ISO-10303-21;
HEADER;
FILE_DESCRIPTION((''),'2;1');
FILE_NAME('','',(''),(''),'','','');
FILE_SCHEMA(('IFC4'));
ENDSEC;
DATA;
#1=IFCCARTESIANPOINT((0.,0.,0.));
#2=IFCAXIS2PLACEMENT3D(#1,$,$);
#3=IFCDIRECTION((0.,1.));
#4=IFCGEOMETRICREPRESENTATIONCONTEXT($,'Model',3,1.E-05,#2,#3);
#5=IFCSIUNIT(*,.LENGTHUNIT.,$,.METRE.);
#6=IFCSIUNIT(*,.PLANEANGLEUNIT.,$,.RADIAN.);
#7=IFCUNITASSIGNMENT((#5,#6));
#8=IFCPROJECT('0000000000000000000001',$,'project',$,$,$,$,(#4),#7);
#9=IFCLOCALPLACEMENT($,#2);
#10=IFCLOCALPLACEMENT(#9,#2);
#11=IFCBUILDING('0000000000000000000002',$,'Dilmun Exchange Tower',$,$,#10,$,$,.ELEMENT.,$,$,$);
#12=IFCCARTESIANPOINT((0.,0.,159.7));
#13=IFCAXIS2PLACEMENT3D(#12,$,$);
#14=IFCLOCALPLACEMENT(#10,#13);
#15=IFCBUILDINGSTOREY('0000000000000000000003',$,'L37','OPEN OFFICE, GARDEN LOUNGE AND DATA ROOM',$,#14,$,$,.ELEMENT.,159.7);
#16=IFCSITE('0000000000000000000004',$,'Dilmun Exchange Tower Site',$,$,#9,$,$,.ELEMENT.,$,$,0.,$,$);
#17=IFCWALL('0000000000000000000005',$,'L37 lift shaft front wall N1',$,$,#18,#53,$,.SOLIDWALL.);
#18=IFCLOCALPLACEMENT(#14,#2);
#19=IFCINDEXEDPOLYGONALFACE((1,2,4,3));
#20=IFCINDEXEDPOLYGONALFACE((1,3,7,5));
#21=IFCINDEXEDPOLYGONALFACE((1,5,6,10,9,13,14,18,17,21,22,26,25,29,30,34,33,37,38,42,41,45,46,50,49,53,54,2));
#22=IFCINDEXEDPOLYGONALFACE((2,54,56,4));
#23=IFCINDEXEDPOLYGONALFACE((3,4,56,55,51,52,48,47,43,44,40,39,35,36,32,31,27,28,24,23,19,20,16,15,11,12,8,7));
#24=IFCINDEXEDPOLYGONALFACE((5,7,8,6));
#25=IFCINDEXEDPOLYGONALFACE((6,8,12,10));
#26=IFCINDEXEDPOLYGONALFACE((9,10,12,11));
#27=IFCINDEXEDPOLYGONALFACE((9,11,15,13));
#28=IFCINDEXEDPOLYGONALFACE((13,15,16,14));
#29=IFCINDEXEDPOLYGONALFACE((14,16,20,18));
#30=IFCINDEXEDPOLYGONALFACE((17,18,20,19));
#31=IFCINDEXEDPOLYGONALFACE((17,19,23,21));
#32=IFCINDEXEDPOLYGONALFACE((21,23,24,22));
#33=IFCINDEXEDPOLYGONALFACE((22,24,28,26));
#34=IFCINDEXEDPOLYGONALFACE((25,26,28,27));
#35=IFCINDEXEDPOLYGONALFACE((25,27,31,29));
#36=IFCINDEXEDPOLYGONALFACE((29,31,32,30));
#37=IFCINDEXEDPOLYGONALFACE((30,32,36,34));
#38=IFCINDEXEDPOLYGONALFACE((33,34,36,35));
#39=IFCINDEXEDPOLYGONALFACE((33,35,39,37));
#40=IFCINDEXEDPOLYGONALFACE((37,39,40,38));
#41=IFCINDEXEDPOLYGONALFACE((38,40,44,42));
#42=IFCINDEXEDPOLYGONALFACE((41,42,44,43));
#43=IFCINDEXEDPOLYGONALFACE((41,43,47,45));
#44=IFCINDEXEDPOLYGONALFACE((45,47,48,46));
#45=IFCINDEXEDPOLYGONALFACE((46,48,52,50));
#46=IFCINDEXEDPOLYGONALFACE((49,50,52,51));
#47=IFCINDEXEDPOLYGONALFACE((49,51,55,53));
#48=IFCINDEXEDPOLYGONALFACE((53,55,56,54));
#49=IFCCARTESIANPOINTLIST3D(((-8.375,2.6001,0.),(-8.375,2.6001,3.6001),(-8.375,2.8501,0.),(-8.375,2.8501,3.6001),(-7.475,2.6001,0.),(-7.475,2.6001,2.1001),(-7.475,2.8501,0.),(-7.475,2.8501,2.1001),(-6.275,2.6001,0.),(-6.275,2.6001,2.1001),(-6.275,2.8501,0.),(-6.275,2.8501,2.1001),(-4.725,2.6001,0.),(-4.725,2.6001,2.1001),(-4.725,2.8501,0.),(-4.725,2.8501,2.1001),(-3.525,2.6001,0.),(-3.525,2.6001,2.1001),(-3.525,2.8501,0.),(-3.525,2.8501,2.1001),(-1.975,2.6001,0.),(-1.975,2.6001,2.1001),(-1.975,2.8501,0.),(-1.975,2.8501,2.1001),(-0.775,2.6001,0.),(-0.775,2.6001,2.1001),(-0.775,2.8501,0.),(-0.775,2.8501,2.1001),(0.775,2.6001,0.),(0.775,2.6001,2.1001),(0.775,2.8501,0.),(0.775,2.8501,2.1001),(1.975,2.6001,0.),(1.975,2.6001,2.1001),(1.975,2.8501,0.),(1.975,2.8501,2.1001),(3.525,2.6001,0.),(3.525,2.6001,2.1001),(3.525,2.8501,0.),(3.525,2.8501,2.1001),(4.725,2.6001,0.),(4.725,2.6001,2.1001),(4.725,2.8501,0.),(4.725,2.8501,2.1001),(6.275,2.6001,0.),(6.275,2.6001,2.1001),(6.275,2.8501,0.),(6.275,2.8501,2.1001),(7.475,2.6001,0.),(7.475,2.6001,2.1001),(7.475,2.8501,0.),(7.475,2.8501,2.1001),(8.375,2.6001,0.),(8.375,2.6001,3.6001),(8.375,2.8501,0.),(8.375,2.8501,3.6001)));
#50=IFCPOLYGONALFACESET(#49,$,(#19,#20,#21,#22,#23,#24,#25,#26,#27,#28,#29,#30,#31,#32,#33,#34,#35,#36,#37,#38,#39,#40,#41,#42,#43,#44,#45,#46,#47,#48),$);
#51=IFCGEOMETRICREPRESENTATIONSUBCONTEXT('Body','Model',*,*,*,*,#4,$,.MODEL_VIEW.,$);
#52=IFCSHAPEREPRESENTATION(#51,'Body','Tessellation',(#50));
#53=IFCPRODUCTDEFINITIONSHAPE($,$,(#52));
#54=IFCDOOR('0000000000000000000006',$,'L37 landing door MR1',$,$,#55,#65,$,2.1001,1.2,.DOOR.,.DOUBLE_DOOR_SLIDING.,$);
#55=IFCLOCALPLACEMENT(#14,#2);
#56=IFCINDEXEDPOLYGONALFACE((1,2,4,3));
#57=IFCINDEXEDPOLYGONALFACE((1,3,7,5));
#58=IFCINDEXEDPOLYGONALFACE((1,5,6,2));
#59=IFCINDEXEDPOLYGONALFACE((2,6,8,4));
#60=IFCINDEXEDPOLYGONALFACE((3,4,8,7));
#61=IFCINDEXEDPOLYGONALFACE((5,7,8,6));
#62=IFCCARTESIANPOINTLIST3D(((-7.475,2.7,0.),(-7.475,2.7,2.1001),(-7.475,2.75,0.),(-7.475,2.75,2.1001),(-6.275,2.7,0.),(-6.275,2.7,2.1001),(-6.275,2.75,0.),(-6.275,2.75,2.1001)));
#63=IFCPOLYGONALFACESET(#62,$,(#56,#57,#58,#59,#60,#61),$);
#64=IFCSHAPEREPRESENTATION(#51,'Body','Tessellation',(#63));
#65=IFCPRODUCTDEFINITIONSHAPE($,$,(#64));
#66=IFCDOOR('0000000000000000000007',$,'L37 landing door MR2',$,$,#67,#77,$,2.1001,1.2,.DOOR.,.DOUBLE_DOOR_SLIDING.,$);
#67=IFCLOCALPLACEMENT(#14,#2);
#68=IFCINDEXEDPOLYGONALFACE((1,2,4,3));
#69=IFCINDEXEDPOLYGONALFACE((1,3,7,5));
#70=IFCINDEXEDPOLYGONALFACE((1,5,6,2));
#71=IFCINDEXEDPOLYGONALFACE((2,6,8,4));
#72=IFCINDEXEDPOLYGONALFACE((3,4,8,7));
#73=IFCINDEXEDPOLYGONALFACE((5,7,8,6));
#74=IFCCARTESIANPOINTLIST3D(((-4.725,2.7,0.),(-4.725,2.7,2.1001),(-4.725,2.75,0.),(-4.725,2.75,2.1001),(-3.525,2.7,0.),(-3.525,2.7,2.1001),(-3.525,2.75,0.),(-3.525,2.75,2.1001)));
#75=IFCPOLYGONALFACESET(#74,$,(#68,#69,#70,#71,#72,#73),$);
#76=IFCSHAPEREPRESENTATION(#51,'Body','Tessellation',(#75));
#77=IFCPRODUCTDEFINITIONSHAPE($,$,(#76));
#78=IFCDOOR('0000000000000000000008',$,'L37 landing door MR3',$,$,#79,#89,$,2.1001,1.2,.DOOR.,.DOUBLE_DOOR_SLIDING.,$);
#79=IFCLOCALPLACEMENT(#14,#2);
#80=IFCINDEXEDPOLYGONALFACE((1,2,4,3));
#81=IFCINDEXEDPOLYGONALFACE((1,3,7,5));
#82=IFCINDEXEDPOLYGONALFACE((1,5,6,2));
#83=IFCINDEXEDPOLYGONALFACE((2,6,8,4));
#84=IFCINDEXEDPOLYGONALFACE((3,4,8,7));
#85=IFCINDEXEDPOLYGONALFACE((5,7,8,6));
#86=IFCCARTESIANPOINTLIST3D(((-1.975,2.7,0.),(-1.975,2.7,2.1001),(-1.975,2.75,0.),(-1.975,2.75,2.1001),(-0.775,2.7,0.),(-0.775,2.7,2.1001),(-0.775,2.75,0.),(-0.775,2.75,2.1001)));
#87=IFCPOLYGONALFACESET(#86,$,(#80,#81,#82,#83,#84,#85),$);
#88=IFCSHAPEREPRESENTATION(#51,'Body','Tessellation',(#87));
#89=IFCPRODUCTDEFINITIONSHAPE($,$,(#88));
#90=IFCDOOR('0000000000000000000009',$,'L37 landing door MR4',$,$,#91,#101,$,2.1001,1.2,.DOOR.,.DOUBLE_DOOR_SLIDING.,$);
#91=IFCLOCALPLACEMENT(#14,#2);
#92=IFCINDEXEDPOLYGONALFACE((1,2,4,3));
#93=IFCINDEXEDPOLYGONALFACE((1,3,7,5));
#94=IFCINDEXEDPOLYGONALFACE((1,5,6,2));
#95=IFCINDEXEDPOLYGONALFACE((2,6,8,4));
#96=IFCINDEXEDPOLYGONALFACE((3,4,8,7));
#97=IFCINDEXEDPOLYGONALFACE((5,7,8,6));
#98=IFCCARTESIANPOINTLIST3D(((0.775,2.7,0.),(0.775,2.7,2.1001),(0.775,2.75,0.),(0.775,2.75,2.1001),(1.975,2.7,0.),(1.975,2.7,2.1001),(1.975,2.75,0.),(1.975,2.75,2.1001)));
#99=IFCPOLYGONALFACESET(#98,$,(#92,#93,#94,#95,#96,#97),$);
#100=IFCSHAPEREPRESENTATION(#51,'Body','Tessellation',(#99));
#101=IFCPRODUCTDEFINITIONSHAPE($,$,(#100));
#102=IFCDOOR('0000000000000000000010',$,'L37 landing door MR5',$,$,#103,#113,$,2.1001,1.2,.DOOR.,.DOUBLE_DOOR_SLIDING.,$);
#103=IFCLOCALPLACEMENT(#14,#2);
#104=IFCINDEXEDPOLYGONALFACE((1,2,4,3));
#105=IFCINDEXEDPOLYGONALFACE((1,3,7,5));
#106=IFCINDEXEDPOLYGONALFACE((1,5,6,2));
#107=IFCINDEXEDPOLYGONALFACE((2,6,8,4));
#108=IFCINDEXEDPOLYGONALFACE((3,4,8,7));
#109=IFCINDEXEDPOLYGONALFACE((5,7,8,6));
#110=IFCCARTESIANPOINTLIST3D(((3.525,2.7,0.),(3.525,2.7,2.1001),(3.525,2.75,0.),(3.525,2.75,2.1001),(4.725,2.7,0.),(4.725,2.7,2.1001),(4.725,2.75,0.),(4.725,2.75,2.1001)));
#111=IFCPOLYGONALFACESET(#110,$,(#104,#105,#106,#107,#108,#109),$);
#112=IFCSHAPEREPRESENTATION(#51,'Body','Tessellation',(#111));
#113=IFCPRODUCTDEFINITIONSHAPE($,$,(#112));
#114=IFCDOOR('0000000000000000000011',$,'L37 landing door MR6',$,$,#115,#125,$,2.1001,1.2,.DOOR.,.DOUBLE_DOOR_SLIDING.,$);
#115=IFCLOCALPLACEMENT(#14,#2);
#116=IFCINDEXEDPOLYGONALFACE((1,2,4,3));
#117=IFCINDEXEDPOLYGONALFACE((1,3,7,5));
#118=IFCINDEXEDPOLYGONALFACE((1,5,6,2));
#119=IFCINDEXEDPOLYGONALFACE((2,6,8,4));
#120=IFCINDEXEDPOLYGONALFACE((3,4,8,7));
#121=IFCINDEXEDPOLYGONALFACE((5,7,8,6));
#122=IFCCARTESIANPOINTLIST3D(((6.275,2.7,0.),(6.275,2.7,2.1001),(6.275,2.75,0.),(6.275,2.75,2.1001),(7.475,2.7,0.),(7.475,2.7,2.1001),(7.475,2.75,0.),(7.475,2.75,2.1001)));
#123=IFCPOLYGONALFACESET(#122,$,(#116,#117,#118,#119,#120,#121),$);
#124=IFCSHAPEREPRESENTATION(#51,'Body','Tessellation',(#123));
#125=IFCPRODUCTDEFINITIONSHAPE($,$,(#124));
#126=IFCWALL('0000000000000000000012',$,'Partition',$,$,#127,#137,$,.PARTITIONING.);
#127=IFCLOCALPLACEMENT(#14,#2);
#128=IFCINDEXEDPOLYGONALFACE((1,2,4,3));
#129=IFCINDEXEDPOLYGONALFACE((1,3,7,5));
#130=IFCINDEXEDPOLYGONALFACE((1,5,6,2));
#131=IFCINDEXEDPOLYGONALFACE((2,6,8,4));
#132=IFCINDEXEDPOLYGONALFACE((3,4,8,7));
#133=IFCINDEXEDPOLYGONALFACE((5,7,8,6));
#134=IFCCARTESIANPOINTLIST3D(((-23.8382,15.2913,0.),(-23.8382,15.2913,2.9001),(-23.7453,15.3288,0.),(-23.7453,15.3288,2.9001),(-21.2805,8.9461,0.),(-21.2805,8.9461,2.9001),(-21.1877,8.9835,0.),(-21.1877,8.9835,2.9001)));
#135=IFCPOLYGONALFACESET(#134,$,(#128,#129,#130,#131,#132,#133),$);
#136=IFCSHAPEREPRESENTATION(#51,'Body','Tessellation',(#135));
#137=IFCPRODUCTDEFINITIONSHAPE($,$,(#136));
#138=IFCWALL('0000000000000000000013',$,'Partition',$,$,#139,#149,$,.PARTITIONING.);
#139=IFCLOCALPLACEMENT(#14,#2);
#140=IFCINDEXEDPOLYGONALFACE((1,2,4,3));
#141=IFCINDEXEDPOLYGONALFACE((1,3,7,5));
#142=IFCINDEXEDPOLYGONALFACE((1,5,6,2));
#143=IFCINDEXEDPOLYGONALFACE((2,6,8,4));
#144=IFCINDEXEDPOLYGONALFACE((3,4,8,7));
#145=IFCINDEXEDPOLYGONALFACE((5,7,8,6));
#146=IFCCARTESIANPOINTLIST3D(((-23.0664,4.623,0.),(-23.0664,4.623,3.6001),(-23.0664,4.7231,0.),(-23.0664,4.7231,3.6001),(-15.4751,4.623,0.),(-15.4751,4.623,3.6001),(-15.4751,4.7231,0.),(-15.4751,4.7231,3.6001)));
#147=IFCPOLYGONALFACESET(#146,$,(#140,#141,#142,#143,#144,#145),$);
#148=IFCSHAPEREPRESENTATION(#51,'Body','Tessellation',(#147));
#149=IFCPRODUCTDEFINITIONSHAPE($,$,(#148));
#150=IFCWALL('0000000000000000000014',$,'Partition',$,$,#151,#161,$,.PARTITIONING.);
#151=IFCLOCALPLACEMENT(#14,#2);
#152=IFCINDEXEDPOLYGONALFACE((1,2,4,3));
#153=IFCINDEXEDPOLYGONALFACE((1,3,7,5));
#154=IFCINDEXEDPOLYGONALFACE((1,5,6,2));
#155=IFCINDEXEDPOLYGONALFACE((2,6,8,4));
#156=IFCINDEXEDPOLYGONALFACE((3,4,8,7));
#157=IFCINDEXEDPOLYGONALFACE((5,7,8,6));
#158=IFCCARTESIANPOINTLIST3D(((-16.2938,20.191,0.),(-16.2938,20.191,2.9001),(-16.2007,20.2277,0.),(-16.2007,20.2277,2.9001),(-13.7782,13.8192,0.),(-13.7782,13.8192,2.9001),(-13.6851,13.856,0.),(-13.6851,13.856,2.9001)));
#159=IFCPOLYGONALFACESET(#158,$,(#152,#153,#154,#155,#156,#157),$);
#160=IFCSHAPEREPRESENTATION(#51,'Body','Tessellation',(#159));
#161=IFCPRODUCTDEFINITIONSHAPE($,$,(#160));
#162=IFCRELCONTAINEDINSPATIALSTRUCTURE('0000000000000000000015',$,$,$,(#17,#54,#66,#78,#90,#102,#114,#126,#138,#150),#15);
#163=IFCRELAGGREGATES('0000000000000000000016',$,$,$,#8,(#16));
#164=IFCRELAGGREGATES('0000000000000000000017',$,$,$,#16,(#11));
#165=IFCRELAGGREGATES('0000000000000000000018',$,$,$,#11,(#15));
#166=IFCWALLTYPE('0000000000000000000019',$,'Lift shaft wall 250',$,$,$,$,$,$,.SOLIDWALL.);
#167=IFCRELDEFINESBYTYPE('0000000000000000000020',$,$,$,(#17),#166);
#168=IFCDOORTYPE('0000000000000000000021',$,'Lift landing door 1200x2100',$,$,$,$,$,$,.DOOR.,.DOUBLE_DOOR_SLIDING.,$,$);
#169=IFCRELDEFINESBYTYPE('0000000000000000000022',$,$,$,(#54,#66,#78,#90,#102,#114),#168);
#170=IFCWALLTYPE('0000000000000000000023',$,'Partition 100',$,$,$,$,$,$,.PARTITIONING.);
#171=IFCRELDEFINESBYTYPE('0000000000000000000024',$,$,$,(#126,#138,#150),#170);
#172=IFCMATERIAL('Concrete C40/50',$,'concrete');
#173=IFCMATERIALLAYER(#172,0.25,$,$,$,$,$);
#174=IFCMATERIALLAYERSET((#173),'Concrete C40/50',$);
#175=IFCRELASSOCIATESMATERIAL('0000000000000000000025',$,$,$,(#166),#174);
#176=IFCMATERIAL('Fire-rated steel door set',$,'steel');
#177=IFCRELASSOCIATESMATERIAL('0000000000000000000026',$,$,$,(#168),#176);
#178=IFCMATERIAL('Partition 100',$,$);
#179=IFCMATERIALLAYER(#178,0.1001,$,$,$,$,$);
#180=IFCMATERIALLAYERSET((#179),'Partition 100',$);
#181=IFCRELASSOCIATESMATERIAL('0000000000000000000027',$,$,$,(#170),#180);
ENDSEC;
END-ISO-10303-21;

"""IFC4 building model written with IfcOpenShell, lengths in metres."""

from ifc_helpers import new_model, si_unit, direction, frame, frame_2d, origin, place, context, subcontext, project, spatial, rectangle, extrude, material, layer, layer_set, type_object, element, fill, save


model = new_model("IFC4")

# Units and contexts
model_context = context("Model", 3, precision=1e-05, world=origin(), true_north=direction((0.0, 1.0)))
body_context = subcontext(model_context, "Body", "Model", "MODEL_VIEW")
ifc_project = project(units=[si_unit("LENGTHUNIT", "METRE"), si_unit("PLANEANGLEUNIT", "RADIAN")], contexts=[model_context])

# Site, building, storey
site_placement = place(None, origin())
site = spatial("IfcSite", under=ifc_project, at=site_placement, Name="Dilmun Exchange Tower Site", CompositionType="ELEMENT", RefElevation=0.0)
building_placement = place(site_placement, origin())
building = spatial("IfcBuilding", under=site, at=building_placement, Name="Dilmun Exchange Tower", CompositionType="ELEMENT")
storey_placement = place(building_placement, frame((0.0, 0.0, 159.7)))
storey = spatial("IfcBuildingStorey", under=building, at=storey_placement, Name="L37", Description="OPEN OFFICE, GARDEN LOUNGE AND DATA ROOM", CompositionType="ELEMENT", Elevation=159.7)

# Shared definitions
ifc_material_1 = material(Name="Concrete C40/50", Category="concrete")

# Shared definitions
ifc_material_2 = material(Name="Fire-rated steel door set", Category="steel")

# Wall, openings, doors
ifc_layer_1 = layer(ifc_material_1, 0.25)
ifc_layer_set_1 = layer_set([ifc_layer_1], Name="Concrete C40/50")
wall_type_1 = type_object("IfcWallType", Name="Lift shaft wall 250", PredefinedType="SOLIDWALL", material=ifc_layer_set_1)
wall_1_placement = place(storey_placement, frame((-8.375, 2.7251, 0.0), z_axis=(0.0, 0.0, 1.0), x_axis=(1.0, 0.0, 0.0)))
wall_1 = element("IfcWall", 1, at=wall_1_placement, inside=storey, type_object=wall_type_1, Name="L37 lift shaft front wall N1", PredefinedType="SOLIDWALL", context=body_context, shape_type="SweptSolid", body=[
    extrude(rectangle(XDim=16.75, YDim=0.25, at=frame_2d((8.375, 0.0))), origin(), (0.0, 0.0, 1.0), 3.6001),
])
opening_1_placement = place(wall_1_placement, frame((0.8999, 0.0, 0.0)))
opening_1 = element("IfcOpeningElement", 2, at=opening_1_placement, cuts=wall_1, PredefinedType="OPENING", context=body_context, shape_type="SweptSolid", body=[
    extrude(rectangle(XDim=1.2, YDim=2.1001, at=frame_2d((0.6001, 1.05))), frame((0.0, 0.135, 0.0), z_axis=(0.0, -1.0, 0.0), x_axis=(1.0, 0.0, 0.0)), (0.0, 0.0, 1.0), 0.27),
])
opening_2_placement = place(wall_1_placement, frame((3.6499, 0.0, 0.0)))
opening_2 = element("IfcOpeningElement", 3, at=opening_2_placement, cuts=wall_1, PredefinedType="OPENING", context=body_context, shape_type="SweptSolid", body=[
    extrude(rectangle(XDim=1.2, YDim=2.1001, at=frame_2d((0.6001, 1.05))), frame((0.0, 0.135, 0.0), z_axis=(0.0, -1.0, 0.0), x_axis=(1.0, 0.0, 0.0)), (0.0, 0.0, 1.0), 0.27),
])
opening_3_placement = place(wall_1_placement, frame((6.3999, 0.0, 0.0)))
opening_3 = element("IfcOpeningElement", 4, at=opening_3_placement, cuts=wall_1, PredefinedType="OPENING", context=body_context, shape_type="SweptSolid", body=[
    extrude(rectangle(XDim=1.2, YDim=2.1001, at=frame_2d((0.6001, 1.05))), frame((0.0, 0.135, 0.0), z_axis=(0.0, -1.0, 0.0), x_axis=(1.0, 0.0, 0.0)), (0.0, 0.0, 1.0), 0.27),
])
opening_4_placement = place(wall_1_placement, frame((9.1499, 0.0, 0.0)))
opening_4 = element("IfcOpeningElement", 5, at=opening_4_placement, cuts=wall_1, PredefinedType="OPENING", context=body_context, shape_type="SweptSolid", body=[
    extrude(rectangle(XDim=1.2, YDim=2.1001, at=frame_2d((0.6001, 1.05))), frame((0.0, 0.135, 0.0), z_axis=(0.0, -1.0, 0.0), x_axis=(1.0, 0.0, 0.0)), (0.0, 0.0, 1.0), 0.27),
])
opening_5_placement = place(wall_1_placement, frame((11.8999, 0.0, 0.0)))
opening_5 = element("IfcOpeningElement", 6, at=opening_5_placement, cuts=wall_1, PredefinedType="OPENING", context=body_context, shape_type="SweptSolid", body=[
    extrude(rectangle(XDim=1.2, YDim=2.1001, at=frame_2d((0.6001, 1.05))), frame((0.0, 0.135, 0.0), z_axis=(0.0, -1.0, 0.0), x_axis=(1.0, 0.0, 0.0)), (0.0, 0.0, 1.0), 0.27),
])
opening_6_placement = place(wall_1_placement, frame((14.6499, 0.0, 0.0)))
opening_6 = element("IfcOpeningElement", 7, at=opening_6_placement, cuts=wall_1, PredefinedType="OPENING", context=body_context, shape_type="SweptSolid", body=[
    extrude(rectangle(XDim=1.2, YDim=2.1001, at=frame_2d((0.6001, 1.05))), frame((0.0, 0.135, 0.0), z_axis=(0.0, -1.0, 0.0), x_axis=(1.0, 0.0, 0.0)), (0.0, 0.0, 1.0), 0.27),
])
door_type_1 = type_object("IfcDoorType", Name="Lift landing door 1200x2100", OperationType="DOUBLE_DOOR_SLIDING", PredefinedType="DOOR", material=ifc_material_2)
door_1_placement = place(opening_1_placement, origin())
door_1 = element("IfcDoor", 8, at=door_1_placement, inside=storey, type_object=door_type_1, Name="L37 landing door MR1", OperationType="DOUBLE_DOOR_SLIDING", OverallHeight=2.1001, OverallWidth=1.2, PredefinedType="DOOR", context=body_context, shape_type="SweptSolid", body=[
    extrude(rectangle(XDim=1.2, YDim=2.1001, at=frame_2d((0.6001, 1.05))), frame((0.0, 0.0249, 0.0), z_axis=(0.0, -1.0, 0.0), x_axis=(1.0, 0.0, 0.0)), (0.0, 0.0, 1.0), 0.05),
])
fill(opening_1, door_1)
door_2_placement = place(opening_2_placement, origin())
door_2 = element("IfcDoor", 9, at=door_2_placement, inside=storey, type_object=door_type_1, Name="L37 landing door MR2", OperationType="DOUBLE_DOOR_SLIDING", OverallHeight=2.1001, OverallWidth=1.2, PredefinedType="DOOR", context=body_context, shape_type="SweptSolid", body=[
    extrude(rectangle(XDim=1.2, YDim=2.1001, at=frame_2d((0.6001, 1.05))), frame((0.0, 0.0249, 0.0), z_axis=(0.0, -1.0, 0.0), x_axis=(1.0, 0.0, 0.0)), (0.0, 0.0, 1.0), 0.05),
])
fill(opening_2, door_2)
door_3_placement = place(opening_3_placement, origin())
door_3 = element("IfcDoor", 10, at=door_3_placement, inside=storey, type_object=door_type_1, Name="L37 landing door MR3", OperationType="DOUBLE_DOOR_SLIDING", OverallHeight=2.1001, OverallWidth=1.2, PredefinedType="DOOR", context=body_context, shape_type="SweptSolid", body=[
    extrude(rectangle(XDim=1.2, YDim=2.1001, at=frame_2d((0.6001, 1.05))), frame((0.0, 0.0249, 0.0), z_axis=(0.0, -1.0, 0.0), x_axis=(1.0, 0.0, 0.0)), (0.0, 0.0, 1.0), 0.05),
])
fill(opening_3, door_3)
door_4_placement = place(opening_4_placement, origin())
door_4 = element("IfcDoor", 11, at=door_4_placement, inside=storey, type_object=door_type_1, Name="L37 landing door MR4", OperationType="DOUBLE_DOOR_SLIDING", OverallHeight=2.1001, OverallWidth=1.2, PredefinedType="DOOR", context=body_context, shape_type="SweptSolid", body=[
    extrude(rectangle(XDim=1.2, YDim=2.1001, at=frame_2d((0.6001, 1.05))), frame((0.0, 0.0249, 0.0), z_axis=(0.0, -1.0, 0.0), x_axis=(1.0, 0.0, 0.0)), (0.0, 0.0, 1.0), 0.05),
])
fill(opening_4, door_4)
door_5_placement = place(opening_5_placement, origin())
door_5 = element("IfcDoor", 12, at=door_5_placement, inside=storey, type_object=door_type_1, Name="L37 landing door MR5", OperationType="DOUBLE_DOOR_SLIDING", OverallHeight=2.1001, OverallWidth=1.2, PredefinedType="DOOR", context=body_context, shape_type="SweptSolid", body=[
    extrude(rectangle(XDim=1.2, YDim=2.1001, at=frame_2d((0.6001, 1.05))), frame((0.0, 0.0249, 0.0), z_axis=(0.0, -1.0, 0.0), x_axis=(1.0, 0.0, 0.0)), (0.0, 0.0, 1.0), 0.05),
])
fill(opening_5, door_5)
door_6_placement = place(opening_6_placement, origin())
door_6 = element("IfcDoor", 13, at=door_6_placement, inside=storey, type_object=door_type_1, Name="L37 landing door MR6", OperationType="DOUBLE_DOOR_SLIDING", OverallHeight=2.1001, OverallWidth=1.2, PredefinedType="DOOR", context=body_context, shape_type="SweptSolid", body=[
    extrude(rectangle(XDim=1.2, YDim=2.1001, at=frame_2d((0.6001, 1.05))), frame((0.0, 0.0249, 0.0), z_axis=(0.0, -1.0, 0.0), x_axis=(1.0, 0.0, 0.0)), (0.0, 0.0, 1.0), 0.05),
])
fill(opening_6, door_6)

# Walls
ifc_material_3 = material(Name="Partition 100")
ifc_layer_2 = layer(ifc_material_3, 0.1001)
ifc_layer_set_2 = layer_set([ifc_layer_2], Name="Partition 100")
wall_type_2 = type_object("IfcWallType", Name="Partition 100", PredefinedType="PARTITIONING", material=ifc_layer_set_2)
wall_2_placement = place(storey_placement, frame((-23.7917, 15.3101, 0.0), z_axis=(0.0, 0.0, 1.0), x_axis=(0.373851, -0.927489, 0.0)))
element("IfcWall", 14, at=wall_2_placement, inside=storey, type_object=wall_type_2, Name="Partition", PredefinedType="PARTITIONING", context=body_context, shape_type="SweptSolid", body=[
    extrude(rectangle(XDim=6.8413, YDim=0.1001, at=frame_2d((3.4207, 0.0))), origin(), (0.0, 0.0, 1.0), 2.9001),
])
wall_3_placement = place(storey_placement, frame((-23.0664, 4.6731, 0.0), z_axis=(0.0, 0.0, 1.0), x_axis=(1.0, 0.0, 0.0)))
element("IfcWall", 15, at=wall_3_placement, inside=storey, type_object=wall_type_2, Name="Partition", PredefinedType="PARTITIONING", context=body_context, shape_type="SweptSolid", body=[
    extrude(rectangle(XDim=7.5913, YDim=0.1001, at=frame_2d((3.7957, 0.0))), origin(), (0.0, 0.0, 1.0), 3.6001),
])
wall_4_placement = place(storey_placement, frame((-16.2473, 20.2095, 0.0), z_axis=(0.0, 0.0, 1.0), x_axis=(0.367221, -0.930134, 0.0)))
element("IfcWall", 16, at=wall_4_placement, inside=storey, type_object=wall_type_2, Name="Partition", PredefinedType="PARTITIONING", context=body_context, shape_type="SweptSolid", body=[
    extrude(rectangle(XDim=6.8503, YDim=0.1001, at=frame_2d((3.4253, 0.0))), origin(), (0.0, 0.0, 1.0), 2.9001),
])

save(model, "model.ifc")
